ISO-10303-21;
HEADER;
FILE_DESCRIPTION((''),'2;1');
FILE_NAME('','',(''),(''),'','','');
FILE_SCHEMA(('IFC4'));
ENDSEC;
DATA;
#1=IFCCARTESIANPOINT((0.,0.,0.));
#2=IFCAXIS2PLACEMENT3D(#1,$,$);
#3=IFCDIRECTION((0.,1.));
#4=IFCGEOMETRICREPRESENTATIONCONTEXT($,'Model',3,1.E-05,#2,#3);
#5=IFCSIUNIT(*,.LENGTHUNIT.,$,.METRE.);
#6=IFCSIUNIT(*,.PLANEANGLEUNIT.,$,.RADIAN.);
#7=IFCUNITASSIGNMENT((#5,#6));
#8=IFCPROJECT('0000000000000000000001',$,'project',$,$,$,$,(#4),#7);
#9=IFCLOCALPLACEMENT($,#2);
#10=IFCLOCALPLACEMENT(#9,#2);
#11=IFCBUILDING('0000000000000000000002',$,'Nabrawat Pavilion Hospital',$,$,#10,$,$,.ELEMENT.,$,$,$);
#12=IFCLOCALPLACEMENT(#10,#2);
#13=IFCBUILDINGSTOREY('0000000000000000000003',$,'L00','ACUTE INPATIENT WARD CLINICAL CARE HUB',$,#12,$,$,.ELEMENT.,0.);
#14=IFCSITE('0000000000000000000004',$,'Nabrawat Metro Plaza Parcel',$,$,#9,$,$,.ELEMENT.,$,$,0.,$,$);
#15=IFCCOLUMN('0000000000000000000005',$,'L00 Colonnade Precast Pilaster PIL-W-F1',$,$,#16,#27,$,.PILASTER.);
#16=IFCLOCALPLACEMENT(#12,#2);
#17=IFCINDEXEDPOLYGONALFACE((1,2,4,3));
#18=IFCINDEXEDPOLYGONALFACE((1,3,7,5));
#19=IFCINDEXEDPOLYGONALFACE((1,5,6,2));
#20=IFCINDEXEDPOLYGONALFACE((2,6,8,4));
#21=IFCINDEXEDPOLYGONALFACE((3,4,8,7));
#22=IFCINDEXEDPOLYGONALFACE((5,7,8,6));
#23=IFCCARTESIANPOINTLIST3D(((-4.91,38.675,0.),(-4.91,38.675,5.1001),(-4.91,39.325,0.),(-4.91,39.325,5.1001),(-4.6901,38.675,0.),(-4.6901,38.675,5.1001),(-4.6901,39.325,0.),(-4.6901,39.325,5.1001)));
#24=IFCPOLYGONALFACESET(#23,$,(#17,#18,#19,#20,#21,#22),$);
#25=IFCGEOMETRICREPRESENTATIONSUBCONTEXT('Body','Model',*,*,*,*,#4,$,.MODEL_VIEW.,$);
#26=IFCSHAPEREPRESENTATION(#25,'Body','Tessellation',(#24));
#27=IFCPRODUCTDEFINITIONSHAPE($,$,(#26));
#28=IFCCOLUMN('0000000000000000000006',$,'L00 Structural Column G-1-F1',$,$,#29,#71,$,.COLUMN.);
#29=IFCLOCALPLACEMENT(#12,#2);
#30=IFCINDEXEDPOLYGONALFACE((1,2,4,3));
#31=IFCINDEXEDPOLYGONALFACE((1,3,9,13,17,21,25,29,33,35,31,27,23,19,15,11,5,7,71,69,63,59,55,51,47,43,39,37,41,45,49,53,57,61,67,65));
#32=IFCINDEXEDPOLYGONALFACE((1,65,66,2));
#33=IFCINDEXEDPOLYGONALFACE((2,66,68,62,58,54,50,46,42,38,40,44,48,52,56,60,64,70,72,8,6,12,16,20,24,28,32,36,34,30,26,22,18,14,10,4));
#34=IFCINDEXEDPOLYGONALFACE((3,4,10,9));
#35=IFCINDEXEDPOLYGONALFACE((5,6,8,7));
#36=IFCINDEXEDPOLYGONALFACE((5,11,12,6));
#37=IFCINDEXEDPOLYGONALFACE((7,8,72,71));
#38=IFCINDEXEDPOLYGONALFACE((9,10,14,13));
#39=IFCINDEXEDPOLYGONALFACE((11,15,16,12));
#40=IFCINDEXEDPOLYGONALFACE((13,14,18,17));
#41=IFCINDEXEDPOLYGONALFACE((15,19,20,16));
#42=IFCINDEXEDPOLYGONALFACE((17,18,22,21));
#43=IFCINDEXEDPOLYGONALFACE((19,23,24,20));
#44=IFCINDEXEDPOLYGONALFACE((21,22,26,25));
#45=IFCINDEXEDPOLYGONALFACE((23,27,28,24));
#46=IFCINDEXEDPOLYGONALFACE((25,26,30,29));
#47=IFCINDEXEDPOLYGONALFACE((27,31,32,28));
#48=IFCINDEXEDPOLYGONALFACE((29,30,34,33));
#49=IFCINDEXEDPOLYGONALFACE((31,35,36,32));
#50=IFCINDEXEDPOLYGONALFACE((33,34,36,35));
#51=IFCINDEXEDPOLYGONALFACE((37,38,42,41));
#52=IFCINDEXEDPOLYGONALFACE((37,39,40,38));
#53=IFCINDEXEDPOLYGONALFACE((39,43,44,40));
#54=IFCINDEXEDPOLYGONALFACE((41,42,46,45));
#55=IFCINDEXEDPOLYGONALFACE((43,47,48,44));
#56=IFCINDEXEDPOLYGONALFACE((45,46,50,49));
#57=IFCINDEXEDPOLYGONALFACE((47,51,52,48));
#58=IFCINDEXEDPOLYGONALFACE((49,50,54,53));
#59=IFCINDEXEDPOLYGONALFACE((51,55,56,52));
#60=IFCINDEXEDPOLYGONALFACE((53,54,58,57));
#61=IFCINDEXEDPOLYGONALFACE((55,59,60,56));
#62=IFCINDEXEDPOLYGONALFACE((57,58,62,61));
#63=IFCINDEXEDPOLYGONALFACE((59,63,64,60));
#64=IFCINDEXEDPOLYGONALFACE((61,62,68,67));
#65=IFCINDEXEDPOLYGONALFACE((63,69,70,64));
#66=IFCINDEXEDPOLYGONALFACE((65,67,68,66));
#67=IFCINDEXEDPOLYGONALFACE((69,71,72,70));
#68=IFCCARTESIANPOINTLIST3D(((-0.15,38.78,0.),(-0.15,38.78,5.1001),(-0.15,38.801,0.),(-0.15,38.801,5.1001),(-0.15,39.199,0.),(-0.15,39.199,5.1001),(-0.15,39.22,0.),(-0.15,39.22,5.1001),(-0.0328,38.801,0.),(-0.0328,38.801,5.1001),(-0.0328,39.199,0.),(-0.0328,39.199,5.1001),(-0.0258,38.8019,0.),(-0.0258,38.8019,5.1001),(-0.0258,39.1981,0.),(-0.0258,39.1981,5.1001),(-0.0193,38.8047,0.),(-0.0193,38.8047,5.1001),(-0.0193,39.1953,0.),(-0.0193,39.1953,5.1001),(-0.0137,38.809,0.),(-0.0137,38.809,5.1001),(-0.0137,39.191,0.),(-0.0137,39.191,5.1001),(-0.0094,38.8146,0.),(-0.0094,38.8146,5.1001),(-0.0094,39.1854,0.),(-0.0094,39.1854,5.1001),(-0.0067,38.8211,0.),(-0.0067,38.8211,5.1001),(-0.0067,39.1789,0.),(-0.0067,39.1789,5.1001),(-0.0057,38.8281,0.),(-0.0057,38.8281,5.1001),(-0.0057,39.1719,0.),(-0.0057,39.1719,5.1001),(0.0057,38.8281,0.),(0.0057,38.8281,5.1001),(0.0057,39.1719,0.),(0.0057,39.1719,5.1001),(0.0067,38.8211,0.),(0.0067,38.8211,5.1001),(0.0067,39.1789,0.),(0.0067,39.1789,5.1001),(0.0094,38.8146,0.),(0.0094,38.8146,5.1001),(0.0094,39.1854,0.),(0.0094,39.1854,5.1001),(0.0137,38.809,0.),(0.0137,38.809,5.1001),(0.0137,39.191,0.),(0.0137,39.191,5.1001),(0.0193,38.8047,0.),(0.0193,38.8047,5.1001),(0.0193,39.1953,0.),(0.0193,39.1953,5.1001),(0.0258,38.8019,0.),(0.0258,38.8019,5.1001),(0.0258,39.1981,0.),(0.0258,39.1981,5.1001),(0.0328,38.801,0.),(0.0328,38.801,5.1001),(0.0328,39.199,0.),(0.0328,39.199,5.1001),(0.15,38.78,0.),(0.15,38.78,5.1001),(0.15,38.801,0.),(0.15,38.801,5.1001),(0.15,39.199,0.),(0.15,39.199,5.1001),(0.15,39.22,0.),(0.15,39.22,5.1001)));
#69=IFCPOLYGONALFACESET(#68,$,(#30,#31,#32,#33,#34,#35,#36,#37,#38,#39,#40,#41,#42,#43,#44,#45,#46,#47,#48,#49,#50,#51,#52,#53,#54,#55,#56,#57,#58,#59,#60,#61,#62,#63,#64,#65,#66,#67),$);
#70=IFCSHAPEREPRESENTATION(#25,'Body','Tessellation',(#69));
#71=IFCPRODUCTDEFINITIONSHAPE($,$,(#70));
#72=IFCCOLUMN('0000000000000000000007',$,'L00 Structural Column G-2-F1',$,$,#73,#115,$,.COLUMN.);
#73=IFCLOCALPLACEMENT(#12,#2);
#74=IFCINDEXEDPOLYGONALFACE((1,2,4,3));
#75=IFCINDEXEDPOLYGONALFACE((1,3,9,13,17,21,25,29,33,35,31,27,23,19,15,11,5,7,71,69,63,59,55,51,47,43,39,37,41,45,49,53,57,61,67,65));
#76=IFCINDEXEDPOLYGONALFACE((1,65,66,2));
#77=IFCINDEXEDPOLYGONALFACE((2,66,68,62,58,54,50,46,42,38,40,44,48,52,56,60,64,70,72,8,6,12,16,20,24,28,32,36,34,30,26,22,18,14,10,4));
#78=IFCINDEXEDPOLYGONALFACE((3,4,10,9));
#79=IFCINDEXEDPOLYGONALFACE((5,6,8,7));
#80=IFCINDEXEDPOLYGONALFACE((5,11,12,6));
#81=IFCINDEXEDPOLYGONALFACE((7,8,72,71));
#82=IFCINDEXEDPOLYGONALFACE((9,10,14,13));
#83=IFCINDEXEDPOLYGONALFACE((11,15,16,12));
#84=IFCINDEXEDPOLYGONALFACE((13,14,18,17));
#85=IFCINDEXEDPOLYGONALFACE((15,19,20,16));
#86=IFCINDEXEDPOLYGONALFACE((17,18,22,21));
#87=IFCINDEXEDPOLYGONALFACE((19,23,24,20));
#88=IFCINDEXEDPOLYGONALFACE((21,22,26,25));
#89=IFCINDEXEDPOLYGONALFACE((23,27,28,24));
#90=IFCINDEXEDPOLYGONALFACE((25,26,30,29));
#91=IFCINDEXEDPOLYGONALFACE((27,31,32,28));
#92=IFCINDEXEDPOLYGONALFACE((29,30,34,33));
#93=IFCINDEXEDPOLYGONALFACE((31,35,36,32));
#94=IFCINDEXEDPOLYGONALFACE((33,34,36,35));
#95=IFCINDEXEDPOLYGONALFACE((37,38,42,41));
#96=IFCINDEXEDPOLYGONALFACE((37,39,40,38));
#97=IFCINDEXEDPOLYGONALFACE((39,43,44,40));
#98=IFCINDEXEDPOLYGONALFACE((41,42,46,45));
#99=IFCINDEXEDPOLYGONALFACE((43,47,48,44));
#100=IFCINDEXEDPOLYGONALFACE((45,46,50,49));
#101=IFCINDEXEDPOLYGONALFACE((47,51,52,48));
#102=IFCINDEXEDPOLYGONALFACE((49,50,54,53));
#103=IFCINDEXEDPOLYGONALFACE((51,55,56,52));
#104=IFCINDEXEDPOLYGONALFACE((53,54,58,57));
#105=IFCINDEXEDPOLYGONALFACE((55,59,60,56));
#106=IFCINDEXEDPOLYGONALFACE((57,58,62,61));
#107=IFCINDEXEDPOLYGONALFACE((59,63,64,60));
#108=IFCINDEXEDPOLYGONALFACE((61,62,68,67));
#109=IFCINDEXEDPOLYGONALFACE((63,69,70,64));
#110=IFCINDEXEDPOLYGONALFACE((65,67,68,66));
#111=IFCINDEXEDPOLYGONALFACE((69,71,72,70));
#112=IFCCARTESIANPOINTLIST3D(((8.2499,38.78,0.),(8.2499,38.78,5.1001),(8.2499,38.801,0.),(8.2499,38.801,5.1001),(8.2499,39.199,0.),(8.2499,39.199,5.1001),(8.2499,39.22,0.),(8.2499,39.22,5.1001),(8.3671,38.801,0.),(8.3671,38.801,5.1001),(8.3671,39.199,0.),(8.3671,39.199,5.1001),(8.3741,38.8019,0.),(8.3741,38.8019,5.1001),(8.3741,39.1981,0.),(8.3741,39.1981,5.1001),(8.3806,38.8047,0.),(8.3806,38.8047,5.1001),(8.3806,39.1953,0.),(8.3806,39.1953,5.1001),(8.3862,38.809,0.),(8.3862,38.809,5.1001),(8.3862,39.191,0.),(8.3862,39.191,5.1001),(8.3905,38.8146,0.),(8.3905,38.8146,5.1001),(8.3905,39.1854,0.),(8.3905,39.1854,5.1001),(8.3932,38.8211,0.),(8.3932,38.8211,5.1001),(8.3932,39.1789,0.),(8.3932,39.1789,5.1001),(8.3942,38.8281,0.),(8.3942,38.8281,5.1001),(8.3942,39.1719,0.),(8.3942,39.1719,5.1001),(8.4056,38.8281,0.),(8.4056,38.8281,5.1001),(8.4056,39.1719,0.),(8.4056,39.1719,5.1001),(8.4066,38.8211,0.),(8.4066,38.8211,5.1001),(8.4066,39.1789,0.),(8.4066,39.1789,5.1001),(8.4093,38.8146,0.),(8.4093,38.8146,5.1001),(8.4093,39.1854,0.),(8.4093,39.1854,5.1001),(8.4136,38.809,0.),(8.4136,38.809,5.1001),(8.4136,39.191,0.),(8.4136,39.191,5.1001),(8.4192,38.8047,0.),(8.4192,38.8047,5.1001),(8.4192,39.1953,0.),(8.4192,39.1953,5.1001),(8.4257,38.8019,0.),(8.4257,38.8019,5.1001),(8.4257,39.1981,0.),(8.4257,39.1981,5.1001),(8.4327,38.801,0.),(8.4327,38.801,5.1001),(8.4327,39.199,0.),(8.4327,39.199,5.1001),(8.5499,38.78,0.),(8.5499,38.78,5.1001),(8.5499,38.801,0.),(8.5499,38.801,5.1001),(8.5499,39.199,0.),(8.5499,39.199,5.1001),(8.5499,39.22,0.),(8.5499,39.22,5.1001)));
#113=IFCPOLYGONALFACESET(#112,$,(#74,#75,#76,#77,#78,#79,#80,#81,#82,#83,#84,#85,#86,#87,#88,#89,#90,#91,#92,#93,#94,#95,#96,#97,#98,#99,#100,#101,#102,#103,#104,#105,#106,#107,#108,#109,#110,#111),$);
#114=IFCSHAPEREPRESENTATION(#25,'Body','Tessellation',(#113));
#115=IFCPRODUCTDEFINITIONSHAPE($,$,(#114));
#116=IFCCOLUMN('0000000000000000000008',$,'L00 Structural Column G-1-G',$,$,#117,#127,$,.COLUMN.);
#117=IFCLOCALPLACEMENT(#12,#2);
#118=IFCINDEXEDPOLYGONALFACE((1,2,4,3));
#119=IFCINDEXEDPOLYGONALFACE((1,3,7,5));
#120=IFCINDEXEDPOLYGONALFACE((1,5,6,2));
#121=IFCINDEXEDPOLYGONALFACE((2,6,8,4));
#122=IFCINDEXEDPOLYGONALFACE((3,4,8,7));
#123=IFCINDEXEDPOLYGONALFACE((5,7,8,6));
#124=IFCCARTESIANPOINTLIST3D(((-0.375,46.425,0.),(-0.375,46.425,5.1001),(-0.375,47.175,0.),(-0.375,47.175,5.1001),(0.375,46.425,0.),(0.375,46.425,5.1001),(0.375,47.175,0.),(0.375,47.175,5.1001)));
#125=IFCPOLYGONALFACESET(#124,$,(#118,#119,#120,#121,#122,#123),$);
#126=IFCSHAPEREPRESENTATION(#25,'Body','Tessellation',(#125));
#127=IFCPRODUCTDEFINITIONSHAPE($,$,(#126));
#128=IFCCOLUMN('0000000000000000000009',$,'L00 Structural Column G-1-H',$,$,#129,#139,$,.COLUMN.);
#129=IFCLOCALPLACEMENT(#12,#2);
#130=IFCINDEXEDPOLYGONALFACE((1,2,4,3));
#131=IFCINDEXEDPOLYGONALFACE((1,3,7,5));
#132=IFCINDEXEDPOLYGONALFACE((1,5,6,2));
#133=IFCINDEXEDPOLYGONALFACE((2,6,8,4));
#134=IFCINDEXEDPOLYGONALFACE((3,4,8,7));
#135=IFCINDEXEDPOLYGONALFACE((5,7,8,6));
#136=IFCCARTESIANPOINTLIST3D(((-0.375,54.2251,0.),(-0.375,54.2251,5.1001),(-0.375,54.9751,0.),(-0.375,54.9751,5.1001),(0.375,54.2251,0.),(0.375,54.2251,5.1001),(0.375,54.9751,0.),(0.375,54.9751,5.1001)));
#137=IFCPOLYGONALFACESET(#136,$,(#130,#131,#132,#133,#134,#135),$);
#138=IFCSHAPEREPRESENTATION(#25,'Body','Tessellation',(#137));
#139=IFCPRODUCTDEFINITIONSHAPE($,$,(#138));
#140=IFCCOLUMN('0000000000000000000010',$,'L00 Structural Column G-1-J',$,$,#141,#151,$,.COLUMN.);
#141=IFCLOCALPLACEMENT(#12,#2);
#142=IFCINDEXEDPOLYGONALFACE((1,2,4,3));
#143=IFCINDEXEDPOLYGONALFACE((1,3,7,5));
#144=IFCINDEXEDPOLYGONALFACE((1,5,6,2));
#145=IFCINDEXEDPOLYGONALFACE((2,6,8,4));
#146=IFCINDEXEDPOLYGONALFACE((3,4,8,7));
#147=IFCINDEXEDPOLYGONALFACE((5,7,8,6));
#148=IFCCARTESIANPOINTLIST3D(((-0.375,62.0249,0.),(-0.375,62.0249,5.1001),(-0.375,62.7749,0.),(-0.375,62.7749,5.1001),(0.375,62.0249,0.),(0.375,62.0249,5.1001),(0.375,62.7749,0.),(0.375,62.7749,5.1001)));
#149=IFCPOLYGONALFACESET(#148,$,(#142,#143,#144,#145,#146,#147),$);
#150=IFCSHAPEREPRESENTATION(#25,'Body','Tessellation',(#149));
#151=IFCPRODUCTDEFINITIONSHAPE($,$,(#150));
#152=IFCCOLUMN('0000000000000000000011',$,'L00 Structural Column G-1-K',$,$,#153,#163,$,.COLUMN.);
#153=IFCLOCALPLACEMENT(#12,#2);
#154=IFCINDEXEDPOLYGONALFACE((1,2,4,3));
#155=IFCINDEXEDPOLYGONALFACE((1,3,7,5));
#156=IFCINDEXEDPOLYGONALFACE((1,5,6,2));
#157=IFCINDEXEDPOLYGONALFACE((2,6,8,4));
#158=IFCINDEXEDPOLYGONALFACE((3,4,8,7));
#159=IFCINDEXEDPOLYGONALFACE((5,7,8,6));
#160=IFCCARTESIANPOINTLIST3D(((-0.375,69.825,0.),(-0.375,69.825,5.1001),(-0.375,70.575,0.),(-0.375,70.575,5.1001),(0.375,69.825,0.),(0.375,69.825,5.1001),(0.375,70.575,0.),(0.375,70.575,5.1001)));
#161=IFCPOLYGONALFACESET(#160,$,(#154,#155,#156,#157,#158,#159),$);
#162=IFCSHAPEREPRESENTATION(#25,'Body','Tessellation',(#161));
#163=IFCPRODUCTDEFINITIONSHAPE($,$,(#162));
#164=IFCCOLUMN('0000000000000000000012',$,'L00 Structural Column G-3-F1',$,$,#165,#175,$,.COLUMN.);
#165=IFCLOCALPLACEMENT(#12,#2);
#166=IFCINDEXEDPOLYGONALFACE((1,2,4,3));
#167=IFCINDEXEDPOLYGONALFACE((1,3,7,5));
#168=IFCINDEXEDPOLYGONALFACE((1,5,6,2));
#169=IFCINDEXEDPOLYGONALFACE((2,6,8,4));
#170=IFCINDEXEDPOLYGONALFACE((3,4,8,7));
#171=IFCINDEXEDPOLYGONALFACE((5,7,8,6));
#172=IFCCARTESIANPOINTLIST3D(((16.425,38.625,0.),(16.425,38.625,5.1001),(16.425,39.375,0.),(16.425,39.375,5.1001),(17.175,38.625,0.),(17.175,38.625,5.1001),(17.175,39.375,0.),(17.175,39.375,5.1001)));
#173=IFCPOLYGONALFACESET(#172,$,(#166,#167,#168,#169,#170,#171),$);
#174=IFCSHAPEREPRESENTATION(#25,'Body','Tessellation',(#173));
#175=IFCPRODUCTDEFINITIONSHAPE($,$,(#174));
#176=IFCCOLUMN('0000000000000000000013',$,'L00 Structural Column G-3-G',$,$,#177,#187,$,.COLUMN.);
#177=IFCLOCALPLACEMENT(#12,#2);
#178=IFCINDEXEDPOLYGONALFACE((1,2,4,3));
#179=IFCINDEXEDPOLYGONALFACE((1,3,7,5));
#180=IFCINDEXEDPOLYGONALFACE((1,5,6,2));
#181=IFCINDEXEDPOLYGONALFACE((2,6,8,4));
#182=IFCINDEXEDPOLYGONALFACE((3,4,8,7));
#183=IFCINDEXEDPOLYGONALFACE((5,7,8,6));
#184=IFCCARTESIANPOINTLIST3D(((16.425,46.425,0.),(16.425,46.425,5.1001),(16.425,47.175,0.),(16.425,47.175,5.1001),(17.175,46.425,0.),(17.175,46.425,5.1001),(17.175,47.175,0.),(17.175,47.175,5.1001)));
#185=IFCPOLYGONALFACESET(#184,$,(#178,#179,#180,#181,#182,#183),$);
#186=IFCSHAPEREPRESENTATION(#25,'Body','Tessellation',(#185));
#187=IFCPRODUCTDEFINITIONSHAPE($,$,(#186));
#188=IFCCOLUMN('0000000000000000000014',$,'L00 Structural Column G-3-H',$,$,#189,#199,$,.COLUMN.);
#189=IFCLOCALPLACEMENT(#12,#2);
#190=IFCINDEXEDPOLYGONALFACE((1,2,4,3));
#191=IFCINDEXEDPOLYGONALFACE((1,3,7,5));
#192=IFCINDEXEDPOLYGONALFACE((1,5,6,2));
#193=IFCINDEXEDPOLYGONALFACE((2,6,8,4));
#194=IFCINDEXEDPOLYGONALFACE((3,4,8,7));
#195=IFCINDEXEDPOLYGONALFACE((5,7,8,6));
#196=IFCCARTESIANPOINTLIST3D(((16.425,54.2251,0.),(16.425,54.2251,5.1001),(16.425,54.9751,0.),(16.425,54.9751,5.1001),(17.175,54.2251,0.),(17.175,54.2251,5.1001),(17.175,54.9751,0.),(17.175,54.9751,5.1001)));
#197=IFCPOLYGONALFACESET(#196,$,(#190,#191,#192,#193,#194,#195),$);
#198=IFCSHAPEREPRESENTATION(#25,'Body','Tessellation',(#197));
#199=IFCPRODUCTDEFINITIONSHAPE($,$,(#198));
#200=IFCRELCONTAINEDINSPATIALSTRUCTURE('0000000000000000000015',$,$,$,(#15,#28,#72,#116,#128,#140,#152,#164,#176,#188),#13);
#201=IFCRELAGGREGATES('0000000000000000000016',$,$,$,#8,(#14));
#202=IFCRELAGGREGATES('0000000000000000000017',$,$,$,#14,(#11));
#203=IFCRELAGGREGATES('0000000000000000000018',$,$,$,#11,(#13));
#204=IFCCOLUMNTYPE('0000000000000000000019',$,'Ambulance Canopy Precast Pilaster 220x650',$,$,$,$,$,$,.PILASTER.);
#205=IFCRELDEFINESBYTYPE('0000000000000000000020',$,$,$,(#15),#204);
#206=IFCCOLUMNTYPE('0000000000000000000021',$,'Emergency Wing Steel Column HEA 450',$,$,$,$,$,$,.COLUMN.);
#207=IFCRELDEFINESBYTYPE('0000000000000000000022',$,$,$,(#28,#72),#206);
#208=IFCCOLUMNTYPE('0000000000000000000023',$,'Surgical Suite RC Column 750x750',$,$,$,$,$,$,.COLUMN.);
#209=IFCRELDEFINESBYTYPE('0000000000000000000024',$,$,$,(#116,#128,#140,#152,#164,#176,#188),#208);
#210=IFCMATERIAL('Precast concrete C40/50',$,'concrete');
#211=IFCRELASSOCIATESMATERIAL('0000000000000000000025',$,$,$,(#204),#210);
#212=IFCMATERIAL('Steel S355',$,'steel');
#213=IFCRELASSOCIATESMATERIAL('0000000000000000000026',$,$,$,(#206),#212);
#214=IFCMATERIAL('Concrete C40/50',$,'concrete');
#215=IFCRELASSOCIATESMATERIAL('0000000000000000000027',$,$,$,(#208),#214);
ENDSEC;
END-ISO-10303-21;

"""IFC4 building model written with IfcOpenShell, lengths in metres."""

from ifc_helpers import new_model, si_unit, direction, frame, origin, origin_2d, place, context, subcontext, project, spatial, rectangle, i_section, extrude, material, material_profile, profile_set, type_object, element, save


model = new_model("IFC4")

# Units and contexts
model_context = context("Model", 3, precision=1e-05, world=origin(), true_north=direction((0.0, 1.0)))
body_context = subcontext(model_context, "Body", "Model", "MODEL_VIEW")
ifc_project = project(units=[si_unit("LENGTHUNIT", "METRE"), si_unit("PLANEANGLEUNIT", "RADIAN")], contexts=[model_context])

# Site, building, storey
site_placement = place(None, origin())
site = spatial("IfcSite", under=ifc_project, at=site_placement, Name="Nabrawat Metro Plaza Parcel", CompositionType="ELEMENT", RefElevation=0.0)
building_placement = place(site_placement, origin())
building = spatial("IfcBuilding", under=site, at=building_placement, Name="Nabrawat Pavilion Hospital", CompositionType="ELEMENT")
storey_placement = place(building_placement, origin())
storey = spatial("IfcBuildingStorey", under=building, at=storey_placement, Name="L00", Description="ACUTE INPATIENT WARD CLINICAL CARE HUB", CompositionType="ELEMENT", Elevation=0.0)

# Columns
ifc_material_1 = material(Name="Precast concrete C40/50", Category="concrete")
ifc_material_profile_1 = material_profile(ifc_material_1, rectangle(XDim=0.22, YDim=0.6499, at=origin_2d()), Name="PC 220x650")
ifc_profile_set_1 = profile_set([ifc_material_profile_1], Name="Precast concrete C40/50")
column_type_1 = type_object("IfcColumnType", Name="Ambulance Canopy Precast Pilaster 220x650", PredefinedType="PILASTER", material=ifc_profile_set_1)
column_placement = place(storey_placement, frame((-4.8, 39.0, 0.0), z_axis=(0.0, 0.0, 1.0), x_axis=(1.0, 0.0, 0.0)))
element("IfcColumn", 1, at=column_placement, inside=storey, type_object=column_type_1, Name="L00 Colonnade Precast Pilaster PIL-W-F1", PredefinedType="PILASTER", context=body_context, shape_type="SweptSolid", body=[
    extrude(rectangle(XDim=0.22, YDim=0.6499, at=origin_2d()), origin(), (0.0, 0.0, 1.0), 5.1001),
])
ifc_material_2 = material(Name="Steel S355", Category="steel")
ifc_material_profile_2 = material_profile(ifc_material_2, i_section(OverallWidth=0.3, OverallDepth=0.4399, WebThickness=0.0115, FlangeThickness=0.021, FilletRadius=0.0271, at=origin_2d()), Name="HEA 450")
ifc_profile_set_2 = profile_set([ifc_material_profile_2], Name="Steel S355")
column_type_2 = type_object("IfcColumnType", Name="Emergency Wing Steel Column HEA 450", PredefinedType="COLUMN", material=ifc_profile_set_2)
for number, where, z_axis, x_axis, name in (
    (2, (0.0, 39.0, 0.0), (0.0, 0.0, 1.0), (1.0, 0.0, 0.0), "L00 Structural Column G-1-F1"),
    (3, (8.3999, 39.0, 0.0), (0.0, 0.0, 1.0), (1.0, 0.0, 0.0), "L00 Structural Column G-2-F1"),
):
    element("IfcColumn", number, at=place(storey_placement, frame(where, z_axis=z_axis, x_axis=x_axis)), inside=storey, type_object=column_type_2, Name=name, PredefinedType="COLUMN", context=body_context, shape_type="SweptSolid", body=[
        extrude(i_section(OverallWidth=0.3, OverallDepth=0.4399, WebThickness=0.0115, FlangeThickness=0.021, FilletRadius=0.0271, at=origin_2d()), origin(), (0.0, 0.0, 1.0), 5.1001),
    ])
ifc_material_3 = material(Name="Concrete C40/50", Category="concrete")
ifc_material_profile_3 = material_profile(ifc_material_3, rectangle(XDim=0.75, YDim=0.75, at=origin_2d()), Name="RC 750x750")
ifc_profile_set_3 = profile_set([ifc_material_profile_3], Name="Concrete C40/50")
column_type_3 = type_object("IfcColumnType", Name="Surgical Suite RC Column 750x750", PredefinedType="COLUMN", material=ifc_profile_set_3)
for number, where, z_axis, x_axis, name in (
    (4, (0.0, 46.8, 0.0), (0.0, 0.0, 1.0), (1.0, 0.0, 0.0), "L00 Structural Column G-1-G"),
    (5, (0.0, 54.6001, 0.0), (0.0, 0.0, 1.0), (1.0, 0.0, 0.0), "L00 Structural Column G-1-H"),
    (6, (0.0, 62.3999, 0.0), (0.0, 0.0, 1.0), (1.0, 0.0, 0.0), "L00 Structural Column G-1-J"),
    (7, (0.0, 70.2, 0.0), (0.0, 0.0, 1.0), (1.0, 0.0, 0.0), "L00 Structural Column G-1-K"),
    (8, (16.8, 39.0, 0.0), (0.0, 0.0, 1.0), (1.0, 0.0, 0.0), "L00 Structural Column G-3-F1"),
    (9, (16.8, 46.8, 0.0), (0.0, 0.0, 1.0), (1.0, 0.0, 0.0), "L00 Structural Column G-3-G"),
    (10, (16.8, 54.6001, 0.0), (0.0, 0.0, 1.0), (1.0, 0.0, 0.0), "L00 Structural Column G-3-H"),
):
    element("IfcColumn", number, at=place(storey_placement, frame(where, z_axis=z_axis, x_axis=x_axis)), inside=storey, type_object=column_type_3, Name=name, PredefinedType="COLUMN", context=body_context, shape_type="SweptSolid", body=[
        extrude(rectangle(XDim=0.75, YDim=0.75, at=origin_2d()), origin(), (0.0, 0.0, 1.0), 5.1001),
    ])

save(model, "model.ifc")
